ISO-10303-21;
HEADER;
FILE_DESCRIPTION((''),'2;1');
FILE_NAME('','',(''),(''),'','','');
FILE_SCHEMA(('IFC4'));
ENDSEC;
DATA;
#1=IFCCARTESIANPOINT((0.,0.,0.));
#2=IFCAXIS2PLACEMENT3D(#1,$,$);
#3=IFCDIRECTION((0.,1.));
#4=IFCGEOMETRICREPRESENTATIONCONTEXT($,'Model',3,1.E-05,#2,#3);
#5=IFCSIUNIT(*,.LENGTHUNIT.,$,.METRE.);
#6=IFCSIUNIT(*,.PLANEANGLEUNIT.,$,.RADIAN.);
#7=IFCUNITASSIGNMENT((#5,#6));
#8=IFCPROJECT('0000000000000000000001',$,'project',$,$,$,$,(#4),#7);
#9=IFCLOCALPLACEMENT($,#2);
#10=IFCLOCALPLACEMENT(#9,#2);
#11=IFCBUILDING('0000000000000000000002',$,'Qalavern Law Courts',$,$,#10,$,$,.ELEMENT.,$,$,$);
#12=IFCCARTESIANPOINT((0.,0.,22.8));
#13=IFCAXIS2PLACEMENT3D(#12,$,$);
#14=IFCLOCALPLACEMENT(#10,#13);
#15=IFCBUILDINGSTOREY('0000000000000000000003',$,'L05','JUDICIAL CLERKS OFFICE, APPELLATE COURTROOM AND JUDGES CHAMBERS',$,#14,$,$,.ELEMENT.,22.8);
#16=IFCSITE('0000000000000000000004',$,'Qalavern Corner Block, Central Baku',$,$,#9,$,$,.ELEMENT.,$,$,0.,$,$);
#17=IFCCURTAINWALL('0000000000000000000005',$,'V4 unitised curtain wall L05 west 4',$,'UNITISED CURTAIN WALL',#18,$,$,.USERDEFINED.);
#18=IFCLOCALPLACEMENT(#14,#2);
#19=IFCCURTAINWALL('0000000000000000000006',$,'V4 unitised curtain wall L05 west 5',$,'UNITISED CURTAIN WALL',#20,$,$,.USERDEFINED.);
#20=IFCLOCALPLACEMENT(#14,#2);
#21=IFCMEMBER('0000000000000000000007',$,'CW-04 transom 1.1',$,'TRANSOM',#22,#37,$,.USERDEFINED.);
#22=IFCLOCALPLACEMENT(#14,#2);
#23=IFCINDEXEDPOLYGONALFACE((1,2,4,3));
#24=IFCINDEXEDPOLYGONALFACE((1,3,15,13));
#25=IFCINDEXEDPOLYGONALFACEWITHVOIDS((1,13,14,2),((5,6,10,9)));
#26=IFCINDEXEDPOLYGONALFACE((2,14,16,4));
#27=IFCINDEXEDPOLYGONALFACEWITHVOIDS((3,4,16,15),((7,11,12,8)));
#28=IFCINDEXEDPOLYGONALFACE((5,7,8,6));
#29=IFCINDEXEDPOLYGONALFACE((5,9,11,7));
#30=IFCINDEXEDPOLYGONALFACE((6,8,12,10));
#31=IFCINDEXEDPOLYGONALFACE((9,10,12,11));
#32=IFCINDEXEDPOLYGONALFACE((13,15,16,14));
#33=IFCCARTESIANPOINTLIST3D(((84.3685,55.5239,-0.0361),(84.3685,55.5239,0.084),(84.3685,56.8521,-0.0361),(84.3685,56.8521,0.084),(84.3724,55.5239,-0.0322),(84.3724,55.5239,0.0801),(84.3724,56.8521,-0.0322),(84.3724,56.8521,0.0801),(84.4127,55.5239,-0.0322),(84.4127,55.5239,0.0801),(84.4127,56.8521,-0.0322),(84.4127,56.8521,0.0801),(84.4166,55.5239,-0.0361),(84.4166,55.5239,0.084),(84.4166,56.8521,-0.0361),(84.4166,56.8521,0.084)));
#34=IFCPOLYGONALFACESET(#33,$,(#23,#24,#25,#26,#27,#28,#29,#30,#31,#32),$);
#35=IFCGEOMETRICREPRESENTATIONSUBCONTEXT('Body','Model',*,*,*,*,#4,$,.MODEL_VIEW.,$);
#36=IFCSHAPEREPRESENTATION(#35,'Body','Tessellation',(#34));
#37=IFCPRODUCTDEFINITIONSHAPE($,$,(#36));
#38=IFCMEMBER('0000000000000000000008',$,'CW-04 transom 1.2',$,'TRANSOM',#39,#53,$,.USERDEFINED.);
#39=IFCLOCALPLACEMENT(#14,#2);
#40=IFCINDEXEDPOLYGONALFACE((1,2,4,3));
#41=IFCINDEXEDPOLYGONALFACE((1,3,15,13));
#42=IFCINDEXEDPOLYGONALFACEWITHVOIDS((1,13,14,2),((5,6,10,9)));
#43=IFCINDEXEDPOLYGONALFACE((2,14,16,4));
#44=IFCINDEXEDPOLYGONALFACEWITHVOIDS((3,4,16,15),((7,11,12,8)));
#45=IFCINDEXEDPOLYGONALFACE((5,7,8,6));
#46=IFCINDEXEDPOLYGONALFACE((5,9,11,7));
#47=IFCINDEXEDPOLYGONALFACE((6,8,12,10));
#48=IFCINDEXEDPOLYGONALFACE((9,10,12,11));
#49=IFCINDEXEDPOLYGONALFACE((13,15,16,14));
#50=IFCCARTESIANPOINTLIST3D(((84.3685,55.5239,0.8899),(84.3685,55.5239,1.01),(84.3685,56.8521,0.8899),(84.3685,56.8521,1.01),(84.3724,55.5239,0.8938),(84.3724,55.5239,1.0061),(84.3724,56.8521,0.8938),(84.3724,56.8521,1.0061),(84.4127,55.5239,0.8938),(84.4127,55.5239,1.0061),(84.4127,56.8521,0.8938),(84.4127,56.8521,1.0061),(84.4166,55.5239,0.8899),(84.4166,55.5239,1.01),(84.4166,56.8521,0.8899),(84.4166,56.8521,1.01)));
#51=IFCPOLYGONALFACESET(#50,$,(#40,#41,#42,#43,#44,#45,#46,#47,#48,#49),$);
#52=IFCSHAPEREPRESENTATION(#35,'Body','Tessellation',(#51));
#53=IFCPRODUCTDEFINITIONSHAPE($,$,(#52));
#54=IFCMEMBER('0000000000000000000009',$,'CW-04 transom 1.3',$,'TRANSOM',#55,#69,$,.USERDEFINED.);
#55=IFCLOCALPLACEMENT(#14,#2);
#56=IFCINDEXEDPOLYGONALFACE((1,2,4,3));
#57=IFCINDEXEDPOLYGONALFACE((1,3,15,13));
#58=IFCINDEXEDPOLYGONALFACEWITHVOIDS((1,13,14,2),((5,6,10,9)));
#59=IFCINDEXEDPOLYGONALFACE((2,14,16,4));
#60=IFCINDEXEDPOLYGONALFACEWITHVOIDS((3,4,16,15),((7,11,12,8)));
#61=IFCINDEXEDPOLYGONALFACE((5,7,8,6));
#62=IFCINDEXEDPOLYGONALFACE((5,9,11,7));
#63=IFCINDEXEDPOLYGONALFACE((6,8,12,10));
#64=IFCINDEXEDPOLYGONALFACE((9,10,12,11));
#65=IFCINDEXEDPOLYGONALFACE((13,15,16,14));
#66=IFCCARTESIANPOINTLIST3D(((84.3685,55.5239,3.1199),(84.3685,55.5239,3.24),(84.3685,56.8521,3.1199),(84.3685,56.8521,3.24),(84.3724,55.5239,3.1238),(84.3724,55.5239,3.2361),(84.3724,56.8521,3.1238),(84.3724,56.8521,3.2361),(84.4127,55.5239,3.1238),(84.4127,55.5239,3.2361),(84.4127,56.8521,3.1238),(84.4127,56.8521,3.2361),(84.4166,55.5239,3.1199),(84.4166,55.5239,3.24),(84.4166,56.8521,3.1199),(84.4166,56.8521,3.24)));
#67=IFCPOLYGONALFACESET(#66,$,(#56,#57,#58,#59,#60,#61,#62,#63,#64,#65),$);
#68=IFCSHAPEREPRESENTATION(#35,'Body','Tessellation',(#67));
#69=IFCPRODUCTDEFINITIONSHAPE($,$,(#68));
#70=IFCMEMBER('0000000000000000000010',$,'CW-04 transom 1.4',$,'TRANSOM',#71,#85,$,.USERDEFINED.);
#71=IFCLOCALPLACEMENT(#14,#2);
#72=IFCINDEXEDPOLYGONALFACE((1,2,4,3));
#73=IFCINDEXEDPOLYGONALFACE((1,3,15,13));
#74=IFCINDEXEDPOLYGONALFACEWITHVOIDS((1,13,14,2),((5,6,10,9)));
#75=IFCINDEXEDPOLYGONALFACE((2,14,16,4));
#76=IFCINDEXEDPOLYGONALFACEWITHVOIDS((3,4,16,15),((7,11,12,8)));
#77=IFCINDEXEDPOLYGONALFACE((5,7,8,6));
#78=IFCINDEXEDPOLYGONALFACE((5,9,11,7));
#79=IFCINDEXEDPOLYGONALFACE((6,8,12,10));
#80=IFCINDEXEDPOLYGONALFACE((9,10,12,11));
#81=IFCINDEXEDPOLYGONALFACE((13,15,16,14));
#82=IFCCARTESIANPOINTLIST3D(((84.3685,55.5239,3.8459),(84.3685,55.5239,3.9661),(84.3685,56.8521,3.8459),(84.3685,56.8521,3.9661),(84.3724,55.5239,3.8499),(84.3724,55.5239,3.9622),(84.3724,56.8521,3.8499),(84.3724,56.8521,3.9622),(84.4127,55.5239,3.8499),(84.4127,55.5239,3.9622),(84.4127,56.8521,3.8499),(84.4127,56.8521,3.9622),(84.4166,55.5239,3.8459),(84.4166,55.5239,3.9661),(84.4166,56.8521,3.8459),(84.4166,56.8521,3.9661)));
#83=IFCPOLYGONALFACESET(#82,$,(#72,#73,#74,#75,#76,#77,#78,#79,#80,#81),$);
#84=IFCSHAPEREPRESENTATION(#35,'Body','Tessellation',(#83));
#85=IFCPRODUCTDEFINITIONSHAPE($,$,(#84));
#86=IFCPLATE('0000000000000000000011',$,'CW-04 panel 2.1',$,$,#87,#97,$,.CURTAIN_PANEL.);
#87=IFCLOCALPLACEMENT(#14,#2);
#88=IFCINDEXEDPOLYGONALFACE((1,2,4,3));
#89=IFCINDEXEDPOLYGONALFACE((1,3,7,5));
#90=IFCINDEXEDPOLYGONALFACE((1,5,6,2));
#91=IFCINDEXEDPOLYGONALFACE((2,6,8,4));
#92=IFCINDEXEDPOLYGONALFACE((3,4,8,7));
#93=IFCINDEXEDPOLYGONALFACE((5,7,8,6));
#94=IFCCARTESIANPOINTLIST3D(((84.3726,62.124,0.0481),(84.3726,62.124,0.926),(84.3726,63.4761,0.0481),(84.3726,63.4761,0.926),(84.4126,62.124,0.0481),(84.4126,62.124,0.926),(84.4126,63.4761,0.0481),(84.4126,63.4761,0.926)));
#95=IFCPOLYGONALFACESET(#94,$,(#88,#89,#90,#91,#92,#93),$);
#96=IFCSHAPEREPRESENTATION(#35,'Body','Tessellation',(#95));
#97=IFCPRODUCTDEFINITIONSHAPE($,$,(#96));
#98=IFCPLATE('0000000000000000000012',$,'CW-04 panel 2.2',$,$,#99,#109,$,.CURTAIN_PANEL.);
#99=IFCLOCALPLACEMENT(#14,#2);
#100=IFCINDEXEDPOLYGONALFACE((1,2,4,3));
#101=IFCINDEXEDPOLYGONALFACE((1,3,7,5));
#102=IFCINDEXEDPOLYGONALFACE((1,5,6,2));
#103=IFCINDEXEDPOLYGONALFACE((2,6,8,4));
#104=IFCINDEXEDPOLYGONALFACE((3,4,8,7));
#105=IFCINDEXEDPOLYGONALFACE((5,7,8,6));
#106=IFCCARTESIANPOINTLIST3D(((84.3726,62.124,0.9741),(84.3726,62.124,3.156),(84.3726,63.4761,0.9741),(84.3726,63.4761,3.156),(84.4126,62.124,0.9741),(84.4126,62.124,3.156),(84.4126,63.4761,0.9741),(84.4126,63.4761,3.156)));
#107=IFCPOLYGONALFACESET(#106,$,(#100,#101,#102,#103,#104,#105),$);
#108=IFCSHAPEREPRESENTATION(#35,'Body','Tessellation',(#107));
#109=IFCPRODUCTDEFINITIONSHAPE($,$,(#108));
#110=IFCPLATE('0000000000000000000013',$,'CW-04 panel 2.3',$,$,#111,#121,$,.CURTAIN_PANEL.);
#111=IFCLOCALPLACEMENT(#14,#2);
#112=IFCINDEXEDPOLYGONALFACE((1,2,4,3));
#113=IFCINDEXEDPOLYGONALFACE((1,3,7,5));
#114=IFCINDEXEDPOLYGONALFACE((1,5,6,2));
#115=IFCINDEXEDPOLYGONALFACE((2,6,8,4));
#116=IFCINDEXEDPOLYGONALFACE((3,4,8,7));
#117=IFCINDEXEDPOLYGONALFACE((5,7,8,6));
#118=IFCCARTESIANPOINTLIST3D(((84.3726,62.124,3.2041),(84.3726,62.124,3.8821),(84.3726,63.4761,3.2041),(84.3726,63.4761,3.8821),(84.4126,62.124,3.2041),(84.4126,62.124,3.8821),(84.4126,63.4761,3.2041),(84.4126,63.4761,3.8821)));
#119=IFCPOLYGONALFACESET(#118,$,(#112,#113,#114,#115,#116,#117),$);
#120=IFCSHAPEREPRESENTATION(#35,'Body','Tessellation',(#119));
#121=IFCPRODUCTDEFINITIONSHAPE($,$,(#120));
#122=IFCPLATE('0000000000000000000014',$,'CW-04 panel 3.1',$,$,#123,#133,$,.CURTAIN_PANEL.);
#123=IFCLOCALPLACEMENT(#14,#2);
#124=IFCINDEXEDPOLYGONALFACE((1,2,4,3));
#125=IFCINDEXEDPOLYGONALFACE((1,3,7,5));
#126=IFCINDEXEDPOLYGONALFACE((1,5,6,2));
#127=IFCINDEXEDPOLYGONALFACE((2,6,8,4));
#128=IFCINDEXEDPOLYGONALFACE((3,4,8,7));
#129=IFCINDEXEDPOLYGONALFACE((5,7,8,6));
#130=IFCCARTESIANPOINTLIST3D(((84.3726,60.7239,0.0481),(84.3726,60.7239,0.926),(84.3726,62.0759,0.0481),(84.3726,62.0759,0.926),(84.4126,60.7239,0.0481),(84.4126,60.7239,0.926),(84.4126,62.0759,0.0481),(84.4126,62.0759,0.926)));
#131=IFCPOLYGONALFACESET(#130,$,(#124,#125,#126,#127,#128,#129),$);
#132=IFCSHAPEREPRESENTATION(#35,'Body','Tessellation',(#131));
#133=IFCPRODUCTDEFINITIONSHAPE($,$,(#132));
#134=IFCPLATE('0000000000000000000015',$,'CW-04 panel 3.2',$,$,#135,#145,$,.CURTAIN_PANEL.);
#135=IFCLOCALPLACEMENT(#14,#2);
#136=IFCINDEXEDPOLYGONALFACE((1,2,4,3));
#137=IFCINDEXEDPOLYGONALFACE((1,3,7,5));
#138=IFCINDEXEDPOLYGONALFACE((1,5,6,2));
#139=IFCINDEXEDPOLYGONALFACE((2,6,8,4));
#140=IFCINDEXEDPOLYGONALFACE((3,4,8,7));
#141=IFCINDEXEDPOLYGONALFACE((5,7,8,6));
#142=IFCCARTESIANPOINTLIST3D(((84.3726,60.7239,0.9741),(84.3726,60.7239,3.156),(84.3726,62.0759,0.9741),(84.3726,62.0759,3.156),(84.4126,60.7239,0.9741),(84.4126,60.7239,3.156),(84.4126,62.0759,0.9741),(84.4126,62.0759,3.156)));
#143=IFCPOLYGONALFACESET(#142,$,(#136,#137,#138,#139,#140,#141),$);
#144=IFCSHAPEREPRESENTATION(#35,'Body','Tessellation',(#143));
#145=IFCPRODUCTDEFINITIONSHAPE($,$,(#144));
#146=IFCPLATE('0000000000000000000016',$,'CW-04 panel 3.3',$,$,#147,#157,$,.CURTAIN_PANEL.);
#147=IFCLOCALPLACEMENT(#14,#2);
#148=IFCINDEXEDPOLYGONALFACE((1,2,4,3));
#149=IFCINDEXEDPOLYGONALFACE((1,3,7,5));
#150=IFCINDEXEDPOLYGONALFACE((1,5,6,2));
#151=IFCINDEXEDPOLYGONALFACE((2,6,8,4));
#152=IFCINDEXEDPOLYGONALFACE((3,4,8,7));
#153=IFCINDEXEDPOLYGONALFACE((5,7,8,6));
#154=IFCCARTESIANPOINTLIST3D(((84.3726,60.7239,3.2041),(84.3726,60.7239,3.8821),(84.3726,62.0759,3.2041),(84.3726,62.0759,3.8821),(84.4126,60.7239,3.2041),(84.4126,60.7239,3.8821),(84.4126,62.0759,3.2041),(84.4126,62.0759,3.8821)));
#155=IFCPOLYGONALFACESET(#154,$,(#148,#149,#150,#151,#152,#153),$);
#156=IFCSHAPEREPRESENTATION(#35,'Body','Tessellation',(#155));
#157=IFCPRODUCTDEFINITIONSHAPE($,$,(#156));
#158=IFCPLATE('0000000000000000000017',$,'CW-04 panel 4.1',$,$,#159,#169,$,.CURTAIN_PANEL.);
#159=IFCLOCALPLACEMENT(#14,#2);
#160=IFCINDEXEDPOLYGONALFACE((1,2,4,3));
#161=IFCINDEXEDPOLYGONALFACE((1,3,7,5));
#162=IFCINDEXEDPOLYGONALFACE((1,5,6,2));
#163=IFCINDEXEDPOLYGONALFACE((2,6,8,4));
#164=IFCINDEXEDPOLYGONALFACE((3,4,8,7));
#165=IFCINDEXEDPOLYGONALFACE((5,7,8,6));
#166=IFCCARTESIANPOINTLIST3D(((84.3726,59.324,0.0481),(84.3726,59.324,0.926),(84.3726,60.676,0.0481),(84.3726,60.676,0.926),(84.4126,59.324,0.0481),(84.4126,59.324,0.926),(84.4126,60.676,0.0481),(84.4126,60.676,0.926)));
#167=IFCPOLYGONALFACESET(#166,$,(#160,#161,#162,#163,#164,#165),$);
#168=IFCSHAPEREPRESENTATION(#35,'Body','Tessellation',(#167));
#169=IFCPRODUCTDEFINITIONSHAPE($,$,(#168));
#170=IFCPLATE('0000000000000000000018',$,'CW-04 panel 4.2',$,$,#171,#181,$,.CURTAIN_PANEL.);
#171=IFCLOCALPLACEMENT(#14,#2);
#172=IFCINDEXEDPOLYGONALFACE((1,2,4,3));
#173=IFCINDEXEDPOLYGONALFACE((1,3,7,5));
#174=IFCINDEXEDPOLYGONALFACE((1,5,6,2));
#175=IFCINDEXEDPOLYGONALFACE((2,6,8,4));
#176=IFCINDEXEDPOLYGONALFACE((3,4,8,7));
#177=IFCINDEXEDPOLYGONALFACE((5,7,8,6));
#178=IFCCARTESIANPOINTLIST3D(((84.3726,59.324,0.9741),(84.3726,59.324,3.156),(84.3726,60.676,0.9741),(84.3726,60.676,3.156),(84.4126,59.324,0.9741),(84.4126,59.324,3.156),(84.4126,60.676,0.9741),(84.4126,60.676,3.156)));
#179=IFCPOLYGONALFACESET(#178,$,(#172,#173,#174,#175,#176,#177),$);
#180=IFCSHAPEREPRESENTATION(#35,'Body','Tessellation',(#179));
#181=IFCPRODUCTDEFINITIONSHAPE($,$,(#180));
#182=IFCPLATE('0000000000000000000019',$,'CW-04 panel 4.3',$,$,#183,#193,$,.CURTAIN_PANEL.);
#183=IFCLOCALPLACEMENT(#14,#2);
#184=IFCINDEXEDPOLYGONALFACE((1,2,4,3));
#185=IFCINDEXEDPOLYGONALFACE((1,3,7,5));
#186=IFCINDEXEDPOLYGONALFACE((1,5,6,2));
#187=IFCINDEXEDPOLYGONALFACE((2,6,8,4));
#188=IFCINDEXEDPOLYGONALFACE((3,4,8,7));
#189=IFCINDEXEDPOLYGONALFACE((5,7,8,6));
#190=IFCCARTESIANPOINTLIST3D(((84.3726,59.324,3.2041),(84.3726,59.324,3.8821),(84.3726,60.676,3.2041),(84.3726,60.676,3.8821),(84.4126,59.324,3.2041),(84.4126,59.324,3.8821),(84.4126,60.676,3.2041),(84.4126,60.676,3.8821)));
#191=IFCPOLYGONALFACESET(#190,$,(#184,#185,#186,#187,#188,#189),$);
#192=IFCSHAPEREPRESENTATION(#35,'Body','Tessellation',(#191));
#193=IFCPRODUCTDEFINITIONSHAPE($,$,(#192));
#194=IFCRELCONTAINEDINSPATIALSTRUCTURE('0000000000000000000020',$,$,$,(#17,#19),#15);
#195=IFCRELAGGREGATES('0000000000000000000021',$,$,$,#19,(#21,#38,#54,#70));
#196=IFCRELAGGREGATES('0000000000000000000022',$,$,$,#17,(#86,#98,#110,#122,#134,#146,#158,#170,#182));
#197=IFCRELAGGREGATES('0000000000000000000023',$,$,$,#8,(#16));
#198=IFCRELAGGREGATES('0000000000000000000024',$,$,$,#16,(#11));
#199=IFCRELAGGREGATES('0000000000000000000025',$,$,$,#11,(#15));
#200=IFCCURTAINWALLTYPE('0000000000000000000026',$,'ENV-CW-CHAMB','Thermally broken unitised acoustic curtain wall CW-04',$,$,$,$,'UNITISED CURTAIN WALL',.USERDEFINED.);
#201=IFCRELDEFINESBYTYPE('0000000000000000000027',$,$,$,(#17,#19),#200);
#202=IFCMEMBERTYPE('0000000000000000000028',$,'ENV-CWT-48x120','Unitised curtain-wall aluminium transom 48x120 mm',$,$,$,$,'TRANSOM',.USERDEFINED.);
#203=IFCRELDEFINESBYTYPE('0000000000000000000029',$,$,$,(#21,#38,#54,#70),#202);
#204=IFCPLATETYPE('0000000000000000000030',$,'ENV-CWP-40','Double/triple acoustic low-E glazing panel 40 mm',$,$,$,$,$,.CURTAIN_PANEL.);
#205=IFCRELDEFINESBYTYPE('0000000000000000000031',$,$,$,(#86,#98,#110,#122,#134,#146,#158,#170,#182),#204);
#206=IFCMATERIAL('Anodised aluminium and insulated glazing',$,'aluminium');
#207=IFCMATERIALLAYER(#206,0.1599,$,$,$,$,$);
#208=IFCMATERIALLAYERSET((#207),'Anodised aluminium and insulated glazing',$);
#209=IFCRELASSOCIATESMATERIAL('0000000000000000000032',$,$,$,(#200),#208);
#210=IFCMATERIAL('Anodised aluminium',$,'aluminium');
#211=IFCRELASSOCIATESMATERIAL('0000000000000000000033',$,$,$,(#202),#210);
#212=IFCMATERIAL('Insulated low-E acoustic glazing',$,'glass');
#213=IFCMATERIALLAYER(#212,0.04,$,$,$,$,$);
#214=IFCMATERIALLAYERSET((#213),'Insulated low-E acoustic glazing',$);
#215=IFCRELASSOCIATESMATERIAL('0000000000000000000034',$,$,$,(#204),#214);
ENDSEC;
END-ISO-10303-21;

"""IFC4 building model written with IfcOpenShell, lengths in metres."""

from ifc_helpers import new_model, si_unit, direction, frame, origin, origin_2d, place, context, subcontext, project, spatial, rectangle, hollow_rectangle, extrude, material, layer, layer_set, material_profile, profile_set, type_object, element, aggregate, save


model = new_model("IFC4")

# Units and contexts
model_context = context("Model", 3, precision=1e-05, world=origin(), true_north=direction((0.0, 1.0)))
body_context = subcontext(model_context, "Body", "Model", "MODEL_VIEW")
ifc_project = project(units=[si_unit("LENGTHUNIT", "METRE"), si_unit("PLANEANGLEUNIT", "RADIAN")], contexts=[model_context])

# Site, building, storey
site_placement = place(None, origin())
site = spatial("IfcSite", under=ifc_project, at=site_placement, Name="Qalavern Corner Block, Central Baku", CompositionType="ELEMENT", RefElevation=0.0)
building_placement = place(site_placement, origin())
building = spatial("IfcBuilding", under=site, at=building_placement, Name="Qalavern Law Courts", CompositionType="ELEMENT")
storey_placement = place(building_placement, frame((0.0, 0.0, 22.8)))
storey = spatial("IfcBuildingStorey", under=building, at=storey_placement, Name="L05", Description="JUDICIAL CLERKS OFFICE, APPELLATE COURTROOM AND JUDGES CHAMBERS", CompositionType="ELEMENT", Elevation=22.8)

# Curtain wall
ifc_material_1 = material(Name="Anodised aluminium and insulated glazing", Category="aluminium")
ifc_layer_1 = layer(ifc_material_1, 0.1599)
ifc_layer_set_1 = layer_set([ifc_layer_1], Name="Anodised aluminium and insulated glazing")
curtain_wall_type = type_object("IfcCurtainWallType", Name="ENV-CW-CHAMB", Description="Thermally broken unitised acoustic curtain wall CW-04", ElementType="UNITISED CURTAIN WALL", PredefinedType="USERDEFINED", material=ifc_layer_set_1)
curtain_wall_1_placement = place(storey_placement, origin())
curtain_wall_1 = element("IfcCurtainWall", 1, at=curtain_wall_1_placement, inside=storey, type_object=curtain_wall_type, Name="V4 unitised curtain wall L05 west 4", ObjectType="UNITISED CURTAIN WALL", PredefinedType="USERDEFINED")
ifc_material_2 = material(Name="Anodised aluminium", Category="aluminium")

# Curtain wall
curtain_wall_2_placement = place(storey_placement, origin())
curtain_wall_2 = element("IfcCurtainWall", 2, at=curtain_wall_2_placement, inside=storey, type_object=curtain_wall_type, Name="V4 unitised curtain wall L05 west 5", ObjectType="UNITISED CURTAIN WALL", PredefinedType="USERDEFINED")

# Members
ifc_material_profile_1 = material_profile(ifc_material_2, hollow_rectangle(XDim=0.0481, YDim=0.1201, WallThickness=0.0039, at=origin_2d()), Name="ALU TRANSOM 48x120")
ifc_profile_set_1 = profile_set([ifc_material_profile_1], Name="Anodised aluminium")
member_type_1 = type_object("IfcMemberType", Name="ENV-CWT-48x120", Description="Unitised curtain-wall aluminium transom 48x120 mm", ElementType="TRANSOM", PredefinedType="USERDEFINED", material=ifc_profile_set_1)
member_1_placement = place(storey_placement, frame((84.3926, 56.8521, 0.0239), z_axis=(0.0, -1.0, 0.0), x_axis=(1.0, 0.0, 0.0)))
member_1 = element("IfcMember", 3, at=member_1_placement, type_object=member_type_1, Name="CW-04 transom 1.1", ObjectType="TRANSOM", PredefinedType="USERDEFINED", context=body_context, shape_type="SweptSolid", body=[
    extrude(hollow_rectangle(XDim=0.0481, YDim=0.1201, WallThickness=0.0039, at=origin_2d()), origin(), (0.0, 0.0, 1.0), 1.3281),
])
member_2_placement = place(storey_placement, frame((84.3926, 56.8521, 0.95), z_axis=(0.0, -1.0, 0.0), x_axis=(1.0, 0.0, 0.0)))
member_2 = element("IfcMember", 4, at=member_2_placement, type_object=member_type_1, Name="CW-04 transom 1.2", ObjectType="TRANSOM", PredefinedType="USERDEFINED", context=body_context, shape_type="SweptSolid", body=[
    extrude(hollow_rectangle(XDim=0.0481, YDim=0.1201, WallThickness=0.0039, at=origin_2d()), origin(), (0.0, 0.0, 1.0), 1.3281),
])
member_3_placement = place(storey_placement, frame((84.3926, 56.8521, 3.1799), z_axis=(0.0, -1.0, 0.0), x_axis=(1.0, 0.0, 0.0)))
member_3 = element("IfcMember", 5, at=member_3_placement, type_object=member_type_1, Name="CW-04 transom 1.3", ObjectType="TRANSOM", PredefinedType="USERDEFINED", context=body_context, shape_type="SweptSolid", body=[
    extrude(hollow_rectangle(XDim=0.0481, YDim=0.1201, WallThickness=0.0039, at=origin_2d()), origin(), (0.0, 0.0, 1.0), 1.3281),
])
member_4_placement = place(storey_placement, frame((84.3926, 56.8521, 3.906), z_axis=(0.0, -1.0, 0.0), x_axis=(1.0, 0.0, 0.0)))
member_4 = element("IfcMember", 6, at=member_4_placement, type_object=member_type_1, Name="CW-04 transom 1.4", ObjectType="TRANSOM", PredefinedType="USERDEFINED", context=body_context, shape_type="SweptSolid", body=[
    extrude(hollow_rectangle(XDim=0.0481, YDim=0.1201, WallThickness=0.0039, at=origin_2d()), origin(), (0.0, 0.0, 1.0), 1.3281),
])
aggregate(curtain_wall_2, [member_1, member_2, member_3, member_4])

# Plates
ifc_material_3 = material(Name="Insulated low-E acoustic glazing", Category="glass")
ifc_layer_2 = layer(ifc_material_3, 0.04)
ifc_layer_set_2 = layer_set([ifc_layer_2], Name="Insulated low-E acoustic glazing")
plate_type = type_object("IfcPlateType", Name="ENV-CWP-40", Description="Double/triple acoustic low-E glazing panel 40 mm", PredefinedType="CURTAIN_PANEL", material=ifc_layer_set_2)
plate_1_placement = place(storey_placement, frame((84.3926, 62.8, 0.0481), z_axis=(0.0, 0.0, 1.0), x_axis=(0.0, -1.0, 0.0)))
plate_1 = element("IfcPlate", 7, at=plate_1_placement, type_object=plate_type, Name="CW-04 panel 2.1", PredefinedType="CURTAIN_PANEL", context=body_context, shape_type="SweptSolid", body=[
    extrude(rectangle(XDim=1.3521, YDim=0.04, at=origin_2d()), origin(), (0.0, 0.0, 1.0), 0.8779),
])
plate_2_placement = place(storey_placement, frame((84.3926, 62.8, 0.9741), z_axis=(0.0, 0.0, 1.0), x_axis=(0.0, -1.0, 0.0)))
plate_2 = element("IfcPlate", 8, at=plate_2_placement, type_object=plate_type, Name="CW-04 panel 2.2", PredefinedType="CURTAIN_PANEL", context=body_context, shape_type="SweptSolid", body=[
    extrude(rectangle(XDim=1.3521, YDim=0.04, at=origin_2d()), origin(), (0.0, 0.0, 1.0), 2.1819),
])
plate_3_placement = place(storey_placement, frame((84.3926, 62.8, 3.2041), z_axis=(0.0, 0.0, 1.0), x_axis=(0.0, -1.0, 0.0)))
plate_3 = element("IfcPlate", 9, at=plate_3_placement, type_object=plate_type, Name="CW-04 panel 2.3", PredefinedType="CURTAIN_PANEL", context=body_context, shape_type="SweptSolid", body=[
    extrude(rectangle(XDim=1.3521, YDim=0.04, at=origin_2d()), origin(), (0.0, 0.0, 1.0), 0.678),
])
plate_4_placement = place(storey_placement, frame((84.3926, 61.3999, 0.0481), z_axis=(0.0, 0.0, 1.0), x_axis=(0.0, -1.0, 0.0)))
plate_4 = element("IfcPlate", 10, at=plate_4_placement, type_object=plate_type, Name="CW-04 panel 3.1", PredefinedType="CURTAIN_PANEL", context=body_context, shape_type="SweptSolid", body=[
    extrude(rectangle(XDim=1.3521, YDim=0.04, at=origin_2d()), origin(), (0.0, 0.0, 1.0), 0.8779),
])
plate_5_placement = place(storey_placement, frame((84.3926, 61.3999, 0.9741), z_axis=(0.0, 0.0, 1.0), x_axis=(0.0, -1.0, 0.0)))
plate_5 = element("IfcPlate", 11, at=plate_5_placement, type_object=plate_type, Name="CW-04 panel 3.2", PredefinedType="CURTAIN_PANEL", context=body_context, shape_type="SweptSolid", body=[
    extrude(rectangle(XDim=1.3521, YDim=0.04, at=origin_2d()), origin(), (0.0, 0.0, 1.0), 2.1819),
])
plate_6_placement = place(storey_placement, frame((84.3926, 61.3999, 3.2041), z_axis=(0.0, 0.0, 1.0), x_axis=(0.0, -1.0, 0.0)))
plate_6 = element("IfcPlate", 12, at=plate_6_placement, type_object=plate_type, Name="CW-04 panel 3.3", PredefinedType="CURTAIN_PANEL", context=body_context, shape_type="SweptSolid", body=[
    extrude(rectangle(XDim=1.3521, YDim=0.04, at=origin_2d()), origin(), (0.0, 0.0, 1.0), 0.678),
])
plate_7_placement = place(storey_placement, frame((84.3926, 60.0, 0.0481), z_axis=(0.0, 0.0, 1.0), x_axis=(0.0, -1.0, 0.0)))
plate_7 = element("IfcPlate", 13, at=plate_7_placement, type_object=plate_type, Name="CW-04 panel 4.1", PredefinedType="CURTAIN_PANEL", context=body_context, shape_type="SweptSolid", body=[
    extrude(rectangle(XDim=1.3521, YDim=0.04, at=origin_2d()), origin(), (0.0, 0.0, 1.0), 0.8779),
])
plate_8_placement = place(storey_placement, frame((84.3926, 60.0, 0.9741), z_axis=(0.0, 0.0, 1.0), x_axis=(0.0, -1.0, 0.0)))
plate_8 = element("IfcPlate", 14, at=plate_8_placement, type_object=plate_type, Name="CW-04 panel 4.2", PredefinedType="CURTAIN_PANEL", context=body_context, shape_type="SweptSolid", body=[
    extrude(rectangle(XDim=1.3521, YDim=0.04, at=origin_2d()), origin(), (0.0, 0.0, 1.0), 2.1819),
])
plate_9_placement = place(storey_placement, frame((84.3926, 60.0, 3.2041), z_axis=(0.0, 0.0, 1.0), x_axis=(0.0, -1.0, 0.0)))
plate_9 = element("IfcPlate", 15, at=plate_9_placement, type_object=plate_type, Name="CW-04 panel 4.3", PredefinedType="CURTAIN_PANEL", context=body_context, shape_type="SweptSolid", body=[
    extrude(rectangle(XDim=1.3521, YDim=0.04, at=origin_2d()), origin(), (0.0, 0.0, 1.0), 0.678),
])
aggregate(curtain_wall_1, [plate_1, plate_2, plate_3, plate_4, plate_5, plate_6, plate_7, plate_8, plate_9])

save(model, "model.ifc")
